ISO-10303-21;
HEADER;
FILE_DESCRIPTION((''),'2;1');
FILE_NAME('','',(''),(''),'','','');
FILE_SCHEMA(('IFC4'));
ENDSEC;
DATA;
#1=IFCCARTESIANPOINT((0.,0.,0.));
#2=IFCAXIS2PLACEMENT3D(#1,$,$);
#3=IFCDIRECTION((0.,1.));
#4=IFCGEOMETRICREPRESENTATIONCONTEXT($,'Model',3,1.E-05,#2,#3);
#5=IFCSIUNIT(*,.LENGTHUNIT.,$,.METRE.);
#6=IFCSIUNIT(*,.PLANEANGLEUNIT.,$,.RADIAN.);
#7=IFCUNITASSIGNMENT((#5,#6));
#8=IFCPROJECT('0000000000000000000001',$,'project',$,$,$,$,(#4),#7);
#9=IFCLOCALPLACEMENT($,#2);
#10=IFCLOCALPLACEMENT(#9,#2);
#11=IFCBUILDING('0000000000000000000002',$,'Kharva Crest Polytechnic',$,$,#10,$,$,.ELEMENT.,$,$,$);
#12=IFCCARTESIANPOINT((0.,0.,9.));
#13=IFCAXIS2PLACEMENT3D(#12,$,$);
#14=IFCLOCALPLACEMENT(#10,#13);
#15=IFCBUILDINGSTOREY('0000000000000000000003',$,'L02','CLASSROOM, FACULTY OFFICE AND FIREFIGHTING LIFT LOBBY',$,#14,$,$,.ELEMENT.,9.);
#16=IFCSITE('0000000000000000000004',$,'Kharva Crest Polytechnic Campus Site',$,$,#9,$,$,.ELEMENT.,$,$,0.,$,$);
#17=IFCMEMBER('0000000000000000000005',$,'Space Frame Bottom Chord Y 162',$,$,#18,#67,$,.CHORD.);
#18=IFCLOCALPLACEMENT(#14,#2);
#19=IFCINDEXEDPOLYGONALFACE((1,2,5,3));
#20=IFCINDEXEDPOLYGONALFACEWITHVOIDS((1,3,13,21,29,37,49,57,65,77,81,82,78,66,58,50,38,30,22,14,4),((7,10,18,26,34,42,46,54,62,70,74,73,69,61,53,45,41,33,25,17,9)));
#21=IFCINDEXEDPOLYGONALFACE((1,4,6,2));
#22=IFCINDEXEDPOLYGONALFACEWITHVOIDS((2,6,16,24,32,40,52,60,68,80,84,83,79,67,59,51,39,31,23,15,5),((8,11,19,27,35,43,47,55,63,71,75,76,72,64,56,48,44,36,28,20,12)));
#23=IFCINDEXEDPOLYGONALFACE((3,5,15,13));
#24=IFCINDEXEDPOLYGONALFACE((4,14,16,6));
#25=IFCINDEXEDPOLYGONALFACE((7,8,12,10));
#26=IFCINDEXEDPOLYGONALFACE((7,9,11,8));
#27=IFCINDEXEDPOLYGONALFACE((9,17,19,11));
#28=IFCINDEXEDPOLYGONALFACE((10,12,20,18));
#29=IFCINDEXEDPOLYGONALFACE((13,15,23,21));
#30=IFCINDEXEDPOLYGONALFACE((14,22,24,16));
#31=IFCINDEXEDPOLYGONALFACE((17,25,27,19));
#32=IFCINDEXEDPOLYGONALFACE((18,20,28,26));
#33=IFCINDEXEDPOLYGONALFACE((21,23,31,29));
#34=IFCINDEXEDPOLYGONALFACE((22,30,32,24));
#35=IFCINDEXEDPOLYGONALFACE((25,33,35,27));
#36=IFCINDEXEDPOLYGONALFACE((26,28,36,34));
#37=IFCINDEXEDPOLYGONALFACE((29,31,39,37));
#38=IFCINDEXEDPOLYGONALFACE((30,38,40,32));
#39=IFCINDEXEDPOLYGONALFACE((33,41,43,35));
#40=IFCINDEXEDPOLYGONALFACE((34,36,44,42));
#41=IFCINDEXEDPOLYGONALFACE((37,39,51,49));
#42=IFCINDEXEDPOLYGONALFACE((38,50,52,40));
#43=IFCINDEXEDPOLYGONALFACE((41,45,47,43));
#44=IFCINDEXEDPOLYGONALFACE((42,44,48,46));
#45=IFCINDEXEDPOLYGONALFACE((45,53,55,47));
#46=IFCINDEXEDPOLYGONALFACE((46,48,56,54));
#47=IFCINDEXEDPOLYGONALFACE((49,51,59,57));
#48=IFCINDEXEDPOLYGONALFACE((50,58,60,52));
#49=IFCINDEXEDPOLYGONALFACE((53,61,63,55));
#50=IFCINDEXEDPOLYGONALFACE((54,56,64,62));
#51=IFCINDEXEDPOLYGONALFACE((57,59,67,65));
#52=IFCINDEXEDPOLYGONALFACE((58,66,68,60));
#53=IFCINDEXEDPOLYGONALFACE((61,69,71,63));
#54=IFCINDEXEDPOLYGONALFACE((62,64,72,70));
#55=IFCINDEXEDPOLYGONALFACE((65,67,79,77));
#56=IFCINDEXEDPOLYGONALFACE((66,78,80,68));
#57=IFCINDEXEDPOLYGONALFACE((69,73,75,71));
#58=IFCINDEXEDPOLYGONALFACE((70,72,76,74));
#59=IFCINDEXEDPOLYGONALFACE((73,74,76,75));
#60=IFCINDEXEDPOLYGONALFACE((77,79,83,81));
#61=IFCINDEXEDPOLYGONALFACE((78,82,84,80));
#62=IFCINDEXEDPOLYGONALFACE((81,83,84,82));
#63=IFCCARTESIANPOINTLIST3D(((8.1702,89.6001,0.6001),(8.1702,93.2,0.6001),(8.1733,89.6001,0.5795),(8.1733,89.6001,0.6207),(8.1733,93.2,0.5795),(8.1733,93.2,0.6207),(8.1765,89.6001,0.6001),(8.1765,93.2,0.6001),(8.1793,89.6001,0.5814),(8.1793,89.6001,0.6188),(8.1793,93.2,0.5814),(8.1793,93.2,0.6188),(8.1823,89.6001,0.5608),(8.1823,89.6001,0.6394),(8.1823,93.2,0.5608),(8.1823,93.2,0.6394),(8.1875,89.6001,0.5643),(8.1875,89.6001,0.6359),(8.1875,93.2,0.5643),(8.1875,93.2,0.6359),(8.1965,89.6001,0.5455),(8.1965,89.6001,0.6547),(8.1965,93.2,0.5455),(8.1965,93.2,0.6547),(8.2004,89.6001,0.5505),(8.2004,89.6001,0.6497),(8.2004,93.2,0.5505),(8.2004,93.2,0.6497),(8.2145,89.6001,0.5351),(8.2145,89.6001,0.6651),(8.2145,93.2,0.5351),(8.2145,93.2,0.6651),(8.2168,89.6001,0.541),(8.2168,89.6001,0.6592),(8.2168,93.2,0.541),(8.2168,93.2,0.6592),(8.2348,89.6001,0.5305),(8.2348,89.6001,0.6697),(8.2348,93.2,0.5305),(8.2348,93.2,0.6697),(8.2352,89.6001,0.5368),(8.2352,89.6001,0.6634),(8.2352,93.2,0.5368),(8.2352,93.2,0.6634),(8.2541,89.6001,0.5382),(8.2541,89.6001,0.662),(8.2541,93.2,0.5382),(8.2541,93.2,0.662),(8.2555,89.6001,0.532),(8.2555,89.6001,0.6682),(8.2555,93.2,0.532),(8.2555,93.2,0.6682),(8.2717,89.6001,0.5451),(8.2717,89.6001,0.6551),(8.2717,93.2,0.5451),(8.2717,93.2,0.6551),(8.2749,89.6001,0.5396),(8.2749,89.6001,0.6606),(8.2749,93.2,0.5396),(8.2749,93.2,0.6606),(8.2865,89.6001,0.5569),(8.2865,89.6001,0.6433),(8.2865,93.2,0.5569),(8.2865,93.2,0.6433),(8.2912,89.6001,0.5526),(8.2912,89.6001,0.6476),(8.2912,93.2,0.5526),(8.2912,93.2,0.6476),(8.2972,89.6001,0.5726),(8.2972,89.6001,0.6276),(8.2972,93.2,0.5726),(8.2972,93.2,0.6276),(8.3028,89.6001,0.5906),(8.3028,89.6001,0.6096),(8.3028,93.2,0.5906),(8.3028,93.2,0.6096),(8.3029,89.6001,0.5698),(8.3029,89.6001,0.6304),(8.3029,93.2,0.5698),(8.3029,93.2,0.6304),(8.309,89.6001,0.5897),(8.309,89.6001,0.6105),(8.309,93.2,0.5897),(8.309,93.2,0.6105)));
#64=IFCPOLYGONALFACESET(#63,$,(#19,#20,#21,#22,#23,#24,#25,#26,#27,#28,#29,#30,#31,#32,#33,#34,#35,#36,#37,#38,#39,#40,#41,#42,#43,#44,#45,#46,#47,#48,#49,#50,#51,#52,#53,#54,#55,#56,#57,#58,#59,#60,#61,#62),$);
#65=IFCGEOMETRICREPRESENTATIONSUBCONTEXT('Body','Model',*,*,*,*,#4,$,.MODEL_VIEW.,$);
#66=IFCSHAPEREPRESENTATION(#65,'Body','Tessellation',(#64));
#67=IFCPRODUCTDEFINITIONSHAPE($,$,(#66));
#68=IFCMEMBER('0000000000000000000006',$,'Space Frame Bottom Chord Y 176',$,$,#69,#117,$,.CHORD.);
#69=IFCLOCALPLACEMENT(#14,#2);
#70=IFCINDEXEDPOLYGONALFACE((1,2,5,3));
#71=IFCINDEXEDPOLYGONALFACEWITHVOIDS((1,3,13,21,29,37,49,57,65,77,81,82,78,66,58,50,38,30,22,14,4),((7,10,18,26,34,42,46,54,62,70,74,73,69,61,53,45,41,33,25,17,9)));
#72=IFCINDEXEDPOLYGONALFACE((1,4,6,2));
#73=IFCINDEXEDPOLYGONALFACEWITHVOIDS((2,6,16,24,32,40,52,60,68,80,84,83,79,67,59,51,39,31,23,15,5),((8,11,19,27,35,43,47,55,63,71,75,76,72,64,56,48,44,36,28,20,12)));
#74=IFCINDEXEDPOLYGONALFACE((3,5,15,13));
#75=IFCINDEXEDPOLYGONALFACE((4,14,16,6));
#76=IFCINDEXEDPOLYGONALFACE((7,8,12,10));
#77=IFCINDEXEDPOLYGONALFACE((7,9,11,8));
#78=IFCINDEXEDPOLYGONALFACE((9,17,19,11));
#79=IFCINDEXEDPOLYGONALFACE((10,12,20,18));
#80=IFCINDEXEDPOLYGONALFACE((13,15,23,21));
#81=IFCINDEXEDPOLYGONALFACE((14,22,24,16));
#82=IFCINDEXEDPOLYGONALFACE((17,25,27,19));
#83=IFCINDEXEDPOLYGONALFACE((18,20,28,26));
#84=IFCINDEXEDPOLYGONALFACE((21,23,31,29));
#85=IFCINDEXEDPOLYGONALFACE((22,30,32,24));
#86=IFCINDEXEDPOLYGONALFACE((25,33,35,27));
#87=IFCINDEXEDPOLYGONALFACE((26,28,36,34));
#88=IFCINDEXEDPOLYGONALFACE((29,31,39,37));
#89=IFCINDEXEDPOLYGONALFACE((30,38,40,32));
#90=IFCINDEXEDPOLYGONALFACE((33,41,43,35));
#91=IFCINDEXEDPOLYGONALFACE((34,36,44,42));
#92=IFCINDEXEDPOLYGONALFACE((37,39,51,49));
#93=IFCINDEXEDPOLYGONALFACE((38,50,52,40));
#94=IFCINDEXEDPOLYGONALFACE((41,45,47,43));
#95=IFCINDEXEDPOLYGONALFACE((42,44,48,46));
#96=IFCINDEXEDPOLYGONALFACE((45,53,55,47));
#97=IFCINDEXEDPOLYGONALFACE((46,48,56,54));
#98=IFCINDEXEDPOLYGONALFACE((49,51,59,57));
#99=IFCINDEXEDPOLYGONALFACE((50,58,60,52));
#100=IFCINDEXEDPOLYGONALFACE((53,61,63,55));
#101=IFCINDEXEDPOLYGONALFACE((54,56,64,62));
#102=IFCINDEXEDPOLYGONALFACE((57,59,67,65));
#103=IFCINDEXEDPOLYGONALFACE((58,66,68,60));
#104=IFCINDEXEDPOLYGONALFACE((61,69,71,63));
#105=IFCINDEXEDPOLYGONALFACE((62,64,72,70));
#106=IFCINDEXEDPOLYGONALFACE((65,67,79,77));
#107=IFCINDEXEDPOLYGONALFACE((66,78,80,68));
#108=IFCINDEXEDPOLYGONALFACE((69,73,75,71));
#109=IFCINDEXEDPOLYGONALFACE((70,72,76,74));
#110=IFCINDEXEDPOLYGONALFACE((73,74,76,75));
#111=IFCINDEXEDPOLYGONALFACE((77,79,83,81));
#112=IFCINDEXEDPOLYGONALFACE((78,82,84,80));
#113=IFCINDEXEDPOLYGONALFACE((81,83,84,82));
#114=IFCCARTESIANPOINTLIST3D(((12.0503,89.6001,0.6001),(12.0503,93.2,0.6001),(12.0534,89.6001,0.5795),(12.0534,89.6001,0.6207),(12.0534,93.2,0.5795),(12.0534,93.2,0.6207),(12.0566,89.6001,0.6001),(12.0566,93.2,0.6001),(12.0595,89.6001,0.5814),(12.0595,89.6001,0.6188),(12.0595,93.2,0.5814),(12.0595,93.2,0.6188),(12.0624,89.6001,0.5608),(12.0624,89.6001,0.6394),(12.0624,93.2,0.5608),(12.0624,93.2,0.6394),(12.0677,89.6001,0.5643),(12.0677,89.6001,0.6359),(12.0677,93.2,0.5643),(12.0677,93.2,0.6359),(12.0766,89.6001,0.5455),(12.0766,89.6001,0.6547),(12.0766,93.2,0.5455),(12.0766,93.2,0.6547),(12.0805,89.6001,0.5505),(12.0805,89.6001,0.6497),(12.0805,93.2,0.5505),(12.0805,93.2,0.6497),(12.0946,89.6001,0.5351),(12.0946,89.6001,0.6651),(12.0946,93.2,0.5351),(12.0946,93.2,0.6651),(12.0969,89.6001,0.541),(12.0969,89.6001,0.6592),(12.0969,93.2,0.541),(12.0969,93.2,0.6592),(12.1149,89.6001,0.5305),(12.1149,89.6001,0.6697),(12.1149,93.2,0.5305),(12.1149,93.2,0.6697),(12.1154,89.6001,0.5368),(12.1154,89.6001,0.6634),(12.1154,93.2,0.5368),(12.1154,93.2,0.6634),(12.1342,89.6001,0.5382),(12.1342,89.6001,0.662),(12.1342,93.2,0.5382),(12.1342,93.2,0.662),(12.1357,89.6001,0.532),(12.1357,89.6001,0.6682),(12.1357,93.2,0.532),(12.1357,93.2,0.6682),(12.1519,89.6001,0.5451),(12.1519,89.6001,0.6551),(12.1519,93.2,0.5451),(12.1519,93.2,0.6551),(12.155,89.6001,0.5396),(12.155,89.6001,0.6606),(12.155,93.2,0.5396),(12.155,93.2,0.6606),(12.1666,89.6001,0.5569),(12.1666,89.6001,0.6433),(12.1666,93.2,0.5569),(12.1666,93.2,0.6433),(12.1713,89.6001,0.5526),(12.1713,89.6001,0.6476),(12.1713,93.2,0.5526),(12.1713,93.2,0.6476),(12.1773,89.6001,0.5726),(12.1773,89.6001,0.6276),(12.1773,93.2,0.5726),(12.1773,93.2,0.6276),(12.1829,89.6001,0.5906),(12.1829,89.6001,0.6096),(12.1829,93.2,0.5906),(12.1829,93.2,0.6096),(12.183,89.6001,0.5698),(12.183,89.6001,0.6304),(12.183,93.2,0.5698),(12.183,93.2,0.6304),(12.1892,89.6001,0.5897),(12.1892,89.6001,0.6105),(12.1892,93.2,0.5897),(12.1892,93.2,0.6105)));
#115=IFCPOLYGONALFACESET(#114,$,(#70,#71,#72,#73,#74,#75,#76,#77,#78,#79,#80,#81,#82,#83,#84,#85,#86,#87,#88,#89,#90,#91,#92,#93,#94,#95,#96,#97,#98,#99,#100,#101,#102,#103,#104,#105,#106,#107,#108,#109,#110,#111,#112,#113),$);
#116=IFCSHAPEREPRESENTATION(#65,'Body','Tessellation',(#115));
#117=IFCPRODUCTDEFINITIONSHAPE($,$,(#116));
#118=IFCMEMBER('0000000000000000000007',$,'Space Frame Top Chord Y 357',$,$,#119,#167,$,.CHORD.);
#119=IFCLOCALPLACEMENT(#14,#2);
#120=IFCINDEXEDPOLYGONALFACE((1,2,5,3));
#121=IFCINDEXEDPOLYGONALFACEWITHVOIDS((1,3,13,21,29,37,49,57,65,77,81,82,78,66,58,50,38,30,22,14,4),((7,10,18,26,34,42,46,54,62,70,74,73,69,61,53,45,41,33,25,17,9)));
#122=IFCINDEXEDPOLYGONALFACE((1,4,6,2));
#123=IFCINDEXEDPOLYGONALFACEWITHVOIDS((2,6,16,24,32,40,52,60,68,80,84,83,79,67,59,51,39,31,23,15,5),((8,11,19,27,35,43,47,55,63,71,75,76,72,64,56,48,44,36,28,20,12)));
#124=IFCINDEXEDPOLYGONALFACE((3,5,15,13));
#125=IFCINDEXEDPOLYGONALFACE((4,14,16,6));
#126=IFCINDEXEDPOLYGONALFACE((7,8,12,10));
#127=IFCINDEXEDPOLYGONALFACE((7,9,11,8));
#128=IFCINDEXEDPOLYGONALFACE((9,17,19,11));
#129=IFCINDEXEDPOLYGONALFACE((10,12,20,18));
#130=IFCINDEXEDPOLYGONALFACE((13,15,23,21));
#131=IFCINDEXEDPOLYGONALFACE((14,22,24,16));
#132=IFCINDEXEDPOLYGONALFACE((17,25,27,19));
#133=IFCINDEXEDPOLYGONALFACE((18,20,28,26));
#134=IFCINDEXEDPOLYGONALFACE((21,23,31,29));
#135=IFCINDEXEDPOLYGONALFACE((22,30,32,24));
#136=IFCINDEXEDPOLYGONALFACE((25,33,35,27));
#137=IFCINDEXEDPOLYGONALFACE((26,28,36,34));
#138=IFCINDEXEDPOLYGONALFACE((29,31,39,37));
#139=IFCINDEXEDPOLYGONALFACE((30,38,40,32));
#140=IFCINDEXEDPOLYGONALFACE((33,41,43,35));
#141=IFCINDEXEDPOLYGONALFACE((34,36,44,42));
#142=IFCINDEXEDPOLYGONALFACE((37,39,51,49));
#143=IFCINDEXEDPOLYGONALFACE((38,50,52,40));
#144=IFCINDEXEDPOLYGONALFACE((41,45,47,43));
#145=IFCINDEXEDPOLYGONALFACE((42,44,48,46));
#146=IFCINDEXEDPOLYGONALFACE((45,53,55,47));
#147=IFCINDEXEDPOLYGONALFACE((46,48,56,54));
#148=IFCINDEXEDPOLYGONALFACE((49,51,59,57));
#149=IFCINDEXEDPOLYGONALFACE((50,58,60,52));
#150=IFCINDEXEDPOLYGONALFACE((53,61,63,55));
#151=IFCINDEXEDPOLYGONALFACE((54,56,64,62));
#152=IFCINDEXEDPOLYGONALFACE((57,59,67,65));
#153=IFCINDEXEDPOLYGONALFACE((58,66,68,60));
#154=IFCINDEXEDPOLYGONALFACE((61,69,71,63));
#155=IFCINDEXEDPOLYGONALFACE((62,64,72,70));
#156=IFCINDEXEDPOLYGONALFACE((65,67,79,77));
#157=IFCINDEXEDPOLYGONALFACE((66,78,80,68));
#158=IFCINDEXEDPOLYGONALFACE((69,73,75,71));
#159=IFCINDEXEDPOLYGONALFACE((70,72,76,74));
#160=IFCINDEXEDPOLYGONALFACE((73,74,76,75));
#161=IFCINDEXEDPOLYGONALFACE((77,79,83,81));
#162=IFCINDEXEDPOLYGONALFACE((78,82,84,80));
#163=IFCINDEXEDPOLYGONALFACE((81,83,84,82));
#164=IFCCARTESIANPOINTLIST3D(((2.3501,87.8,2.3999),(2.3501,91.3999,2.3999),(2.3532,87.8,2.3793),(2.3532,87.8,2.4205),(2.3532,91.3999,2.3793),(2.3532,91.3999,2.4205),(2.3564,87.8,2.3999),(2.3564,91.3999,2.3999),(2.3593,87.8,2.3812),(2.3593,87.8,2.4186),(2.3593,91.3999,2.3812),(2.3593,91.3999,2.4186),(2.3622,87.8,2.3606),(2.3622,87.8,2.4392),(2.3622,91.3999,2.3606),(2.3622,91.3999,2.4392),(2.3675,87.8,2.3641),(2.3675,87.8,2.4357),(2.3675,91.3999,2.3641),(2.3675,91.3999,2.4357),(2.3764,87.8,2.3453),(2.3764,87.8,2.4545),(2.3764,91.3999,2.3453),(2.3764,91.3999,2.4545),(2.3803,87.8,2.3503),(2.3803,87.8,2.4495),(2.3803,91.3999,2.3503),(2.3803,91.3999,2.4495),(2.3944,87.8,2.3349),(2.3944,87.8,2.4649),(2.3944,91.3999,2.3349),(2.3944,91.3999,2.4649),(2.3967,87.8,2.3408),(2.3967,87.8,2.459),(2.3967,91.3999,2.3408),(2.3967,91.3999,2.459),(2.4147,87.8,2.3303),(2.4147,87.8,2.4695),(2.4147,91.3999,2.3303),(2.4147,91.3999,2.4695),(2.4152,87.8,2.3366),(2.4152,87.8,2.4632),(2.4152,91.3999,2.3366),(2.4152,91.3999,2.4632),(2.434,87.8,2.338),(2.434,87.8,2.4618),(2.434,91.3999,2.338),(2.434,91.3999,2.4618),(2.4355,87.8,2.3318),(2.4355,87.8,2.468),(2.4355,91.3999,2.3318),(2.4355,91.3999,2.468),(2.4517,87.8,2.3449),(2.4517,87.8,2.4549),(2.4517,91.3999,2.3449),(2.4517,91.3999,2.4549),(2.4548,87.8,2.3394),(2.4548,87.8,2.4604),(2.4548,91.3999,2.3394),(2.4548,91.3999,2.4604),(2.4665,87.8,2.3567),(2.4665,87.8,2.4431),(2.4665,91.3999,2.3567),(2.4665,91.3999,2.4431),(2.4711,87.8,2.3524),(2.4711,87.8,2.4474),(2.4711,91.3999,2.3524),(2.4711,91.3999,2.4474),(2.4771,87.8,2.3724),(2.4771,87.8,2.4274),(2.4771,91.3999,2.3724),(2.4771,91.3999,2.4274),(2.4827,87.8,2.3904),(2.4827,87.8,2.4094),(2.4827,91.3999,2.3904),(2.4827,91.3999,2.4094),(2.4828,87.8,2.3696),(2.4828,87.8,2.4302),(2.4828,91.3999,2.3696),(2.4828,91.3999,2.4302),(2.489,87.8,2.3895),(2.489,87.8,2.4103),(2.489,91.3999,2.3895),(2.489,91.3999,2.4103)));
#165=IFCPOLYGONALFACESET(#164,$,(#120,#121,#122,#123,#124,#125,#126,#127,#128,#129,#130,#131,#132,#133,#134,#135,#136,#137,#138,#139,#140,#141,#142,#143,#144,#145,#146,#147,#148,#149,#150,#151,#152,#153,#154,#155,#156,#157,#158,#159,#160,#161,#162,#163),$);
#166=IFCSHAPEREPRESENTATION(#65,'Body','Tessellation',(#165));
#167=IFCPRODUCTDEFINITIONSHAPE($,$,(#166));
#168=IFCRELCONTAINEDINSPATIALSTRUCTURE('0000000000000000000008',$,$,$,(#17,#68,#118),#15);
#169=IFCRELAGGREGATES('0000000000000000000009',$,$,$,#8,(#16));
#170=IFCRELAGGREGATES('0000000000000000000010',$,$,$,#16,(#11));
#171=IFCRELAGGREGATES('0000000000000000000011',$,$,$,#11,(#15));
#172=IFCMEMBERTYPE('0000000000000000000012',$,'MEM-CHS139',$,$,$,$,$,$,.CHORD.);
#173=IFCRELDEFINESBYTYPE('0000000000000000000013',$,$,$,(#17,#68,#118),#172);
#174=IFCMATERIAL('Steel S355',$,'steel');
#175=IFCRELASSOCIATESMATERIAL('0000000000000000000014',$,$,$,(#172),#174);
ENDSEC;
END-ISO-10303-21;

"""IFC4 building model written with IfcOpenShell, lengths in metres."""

from ifc_helpers import new_model, si_unit, direction, frame, origin, origin_2d, place, context, subcontext, project, spatial, hollow_circle, extrude, material, material_profile, profile_set, type_object, element, save


model = new_model("IFC4")

# Units and contexts
model_context = context("Model", 3, precision=1e-05, world=origin(), true_north=direction((0.0, 1.0)))
body_context = subcontext(model_context, "Body", "Model", "MODEL_VIEW")
ifc_project = project(units=[si_unit("LENGTHUNIT", "METRE"), si_unit("PLANEANGLEUNIT", "RADIAN")], contexts=[model_context])

# Site, building, storey
site_placement = place(None, origin())
site = spatial("IfcSite", under=ifc_project, at=site_placement, Name="Kharva Crest Polytechnic Campus Site", CompositionType="ELEMENT", RefElevation=0.0)
building_placement = place(site_placement, origin())
building = spatial("IfcBuilding", under=site, at=building_placement, Name="Kharva Crest Polytechnic", CompositionType="ELEMENT")
storey_placement = place(building_placement, frame((0.0, 0.0, 9.0)))
storey = spatial("IfcBuildingStorey", under=building, at=storey_placement, Name="L02", Description="CLASSROOM, FACULTY OFFICE AND FIREFIGHTING LIFT LOBBY", CompositionType="ELEMENT", Elevation=9.0)

# Members
ifc_material = material(Name="Steel S355", Category="steel")
ifc_material_profile_1 = material_profile(ifc_material, hollow_circle(Radius=0.0698, WallThickness=0.0063, at=origin_2d()), Name="CHS 139.7X6.3")
ifc_profile_set_1 = profile_set([ifc_material_profile_1], Name="Steel S355")
member_type_1 = type_object("IfcMemberType", Name="MEM-CHS139", PredefinedType="CHORD", material=ifc_profile_set_1)
for number, where, z_axis, x_axis, name in (
    (1, (8.24, 89.6001, 0.6001), (0.0, 1.0, 0.0), (-1.0, 0.0, 0.0), "Space Frame Bottom Chord Y 162"),
    (2, (12.1201, 89.6001, 0.6001), (0.0, 1.0, 0.0), (-1.0, 0.0, 0.0), "Space Frame Bottom Chord Y 176"),
    (3, (2.4199, 87.8, 2.3999), (0.0, 1.0, 0.0), (-1.0, 0.0, 0.0), "Space Frame Top Chord Y 357"),
):
    element("IfcMember", number, at=place(storey_placement, frame(where, z_axis=z_axis, x_axis=x_axis)), inside=storey, type_object=member_type_1, Name=name, PredefinedType="CHORD", context=body_context, shape_type="SweptSolid", body=[
        extrude(hollow_circle(Radius=0.0698, WallThickness=0.0063, at=origin_2d()), origin(), (0.0, 0.0, 1.0), 3.5999),
    ])

save(model, "model.ifc")
